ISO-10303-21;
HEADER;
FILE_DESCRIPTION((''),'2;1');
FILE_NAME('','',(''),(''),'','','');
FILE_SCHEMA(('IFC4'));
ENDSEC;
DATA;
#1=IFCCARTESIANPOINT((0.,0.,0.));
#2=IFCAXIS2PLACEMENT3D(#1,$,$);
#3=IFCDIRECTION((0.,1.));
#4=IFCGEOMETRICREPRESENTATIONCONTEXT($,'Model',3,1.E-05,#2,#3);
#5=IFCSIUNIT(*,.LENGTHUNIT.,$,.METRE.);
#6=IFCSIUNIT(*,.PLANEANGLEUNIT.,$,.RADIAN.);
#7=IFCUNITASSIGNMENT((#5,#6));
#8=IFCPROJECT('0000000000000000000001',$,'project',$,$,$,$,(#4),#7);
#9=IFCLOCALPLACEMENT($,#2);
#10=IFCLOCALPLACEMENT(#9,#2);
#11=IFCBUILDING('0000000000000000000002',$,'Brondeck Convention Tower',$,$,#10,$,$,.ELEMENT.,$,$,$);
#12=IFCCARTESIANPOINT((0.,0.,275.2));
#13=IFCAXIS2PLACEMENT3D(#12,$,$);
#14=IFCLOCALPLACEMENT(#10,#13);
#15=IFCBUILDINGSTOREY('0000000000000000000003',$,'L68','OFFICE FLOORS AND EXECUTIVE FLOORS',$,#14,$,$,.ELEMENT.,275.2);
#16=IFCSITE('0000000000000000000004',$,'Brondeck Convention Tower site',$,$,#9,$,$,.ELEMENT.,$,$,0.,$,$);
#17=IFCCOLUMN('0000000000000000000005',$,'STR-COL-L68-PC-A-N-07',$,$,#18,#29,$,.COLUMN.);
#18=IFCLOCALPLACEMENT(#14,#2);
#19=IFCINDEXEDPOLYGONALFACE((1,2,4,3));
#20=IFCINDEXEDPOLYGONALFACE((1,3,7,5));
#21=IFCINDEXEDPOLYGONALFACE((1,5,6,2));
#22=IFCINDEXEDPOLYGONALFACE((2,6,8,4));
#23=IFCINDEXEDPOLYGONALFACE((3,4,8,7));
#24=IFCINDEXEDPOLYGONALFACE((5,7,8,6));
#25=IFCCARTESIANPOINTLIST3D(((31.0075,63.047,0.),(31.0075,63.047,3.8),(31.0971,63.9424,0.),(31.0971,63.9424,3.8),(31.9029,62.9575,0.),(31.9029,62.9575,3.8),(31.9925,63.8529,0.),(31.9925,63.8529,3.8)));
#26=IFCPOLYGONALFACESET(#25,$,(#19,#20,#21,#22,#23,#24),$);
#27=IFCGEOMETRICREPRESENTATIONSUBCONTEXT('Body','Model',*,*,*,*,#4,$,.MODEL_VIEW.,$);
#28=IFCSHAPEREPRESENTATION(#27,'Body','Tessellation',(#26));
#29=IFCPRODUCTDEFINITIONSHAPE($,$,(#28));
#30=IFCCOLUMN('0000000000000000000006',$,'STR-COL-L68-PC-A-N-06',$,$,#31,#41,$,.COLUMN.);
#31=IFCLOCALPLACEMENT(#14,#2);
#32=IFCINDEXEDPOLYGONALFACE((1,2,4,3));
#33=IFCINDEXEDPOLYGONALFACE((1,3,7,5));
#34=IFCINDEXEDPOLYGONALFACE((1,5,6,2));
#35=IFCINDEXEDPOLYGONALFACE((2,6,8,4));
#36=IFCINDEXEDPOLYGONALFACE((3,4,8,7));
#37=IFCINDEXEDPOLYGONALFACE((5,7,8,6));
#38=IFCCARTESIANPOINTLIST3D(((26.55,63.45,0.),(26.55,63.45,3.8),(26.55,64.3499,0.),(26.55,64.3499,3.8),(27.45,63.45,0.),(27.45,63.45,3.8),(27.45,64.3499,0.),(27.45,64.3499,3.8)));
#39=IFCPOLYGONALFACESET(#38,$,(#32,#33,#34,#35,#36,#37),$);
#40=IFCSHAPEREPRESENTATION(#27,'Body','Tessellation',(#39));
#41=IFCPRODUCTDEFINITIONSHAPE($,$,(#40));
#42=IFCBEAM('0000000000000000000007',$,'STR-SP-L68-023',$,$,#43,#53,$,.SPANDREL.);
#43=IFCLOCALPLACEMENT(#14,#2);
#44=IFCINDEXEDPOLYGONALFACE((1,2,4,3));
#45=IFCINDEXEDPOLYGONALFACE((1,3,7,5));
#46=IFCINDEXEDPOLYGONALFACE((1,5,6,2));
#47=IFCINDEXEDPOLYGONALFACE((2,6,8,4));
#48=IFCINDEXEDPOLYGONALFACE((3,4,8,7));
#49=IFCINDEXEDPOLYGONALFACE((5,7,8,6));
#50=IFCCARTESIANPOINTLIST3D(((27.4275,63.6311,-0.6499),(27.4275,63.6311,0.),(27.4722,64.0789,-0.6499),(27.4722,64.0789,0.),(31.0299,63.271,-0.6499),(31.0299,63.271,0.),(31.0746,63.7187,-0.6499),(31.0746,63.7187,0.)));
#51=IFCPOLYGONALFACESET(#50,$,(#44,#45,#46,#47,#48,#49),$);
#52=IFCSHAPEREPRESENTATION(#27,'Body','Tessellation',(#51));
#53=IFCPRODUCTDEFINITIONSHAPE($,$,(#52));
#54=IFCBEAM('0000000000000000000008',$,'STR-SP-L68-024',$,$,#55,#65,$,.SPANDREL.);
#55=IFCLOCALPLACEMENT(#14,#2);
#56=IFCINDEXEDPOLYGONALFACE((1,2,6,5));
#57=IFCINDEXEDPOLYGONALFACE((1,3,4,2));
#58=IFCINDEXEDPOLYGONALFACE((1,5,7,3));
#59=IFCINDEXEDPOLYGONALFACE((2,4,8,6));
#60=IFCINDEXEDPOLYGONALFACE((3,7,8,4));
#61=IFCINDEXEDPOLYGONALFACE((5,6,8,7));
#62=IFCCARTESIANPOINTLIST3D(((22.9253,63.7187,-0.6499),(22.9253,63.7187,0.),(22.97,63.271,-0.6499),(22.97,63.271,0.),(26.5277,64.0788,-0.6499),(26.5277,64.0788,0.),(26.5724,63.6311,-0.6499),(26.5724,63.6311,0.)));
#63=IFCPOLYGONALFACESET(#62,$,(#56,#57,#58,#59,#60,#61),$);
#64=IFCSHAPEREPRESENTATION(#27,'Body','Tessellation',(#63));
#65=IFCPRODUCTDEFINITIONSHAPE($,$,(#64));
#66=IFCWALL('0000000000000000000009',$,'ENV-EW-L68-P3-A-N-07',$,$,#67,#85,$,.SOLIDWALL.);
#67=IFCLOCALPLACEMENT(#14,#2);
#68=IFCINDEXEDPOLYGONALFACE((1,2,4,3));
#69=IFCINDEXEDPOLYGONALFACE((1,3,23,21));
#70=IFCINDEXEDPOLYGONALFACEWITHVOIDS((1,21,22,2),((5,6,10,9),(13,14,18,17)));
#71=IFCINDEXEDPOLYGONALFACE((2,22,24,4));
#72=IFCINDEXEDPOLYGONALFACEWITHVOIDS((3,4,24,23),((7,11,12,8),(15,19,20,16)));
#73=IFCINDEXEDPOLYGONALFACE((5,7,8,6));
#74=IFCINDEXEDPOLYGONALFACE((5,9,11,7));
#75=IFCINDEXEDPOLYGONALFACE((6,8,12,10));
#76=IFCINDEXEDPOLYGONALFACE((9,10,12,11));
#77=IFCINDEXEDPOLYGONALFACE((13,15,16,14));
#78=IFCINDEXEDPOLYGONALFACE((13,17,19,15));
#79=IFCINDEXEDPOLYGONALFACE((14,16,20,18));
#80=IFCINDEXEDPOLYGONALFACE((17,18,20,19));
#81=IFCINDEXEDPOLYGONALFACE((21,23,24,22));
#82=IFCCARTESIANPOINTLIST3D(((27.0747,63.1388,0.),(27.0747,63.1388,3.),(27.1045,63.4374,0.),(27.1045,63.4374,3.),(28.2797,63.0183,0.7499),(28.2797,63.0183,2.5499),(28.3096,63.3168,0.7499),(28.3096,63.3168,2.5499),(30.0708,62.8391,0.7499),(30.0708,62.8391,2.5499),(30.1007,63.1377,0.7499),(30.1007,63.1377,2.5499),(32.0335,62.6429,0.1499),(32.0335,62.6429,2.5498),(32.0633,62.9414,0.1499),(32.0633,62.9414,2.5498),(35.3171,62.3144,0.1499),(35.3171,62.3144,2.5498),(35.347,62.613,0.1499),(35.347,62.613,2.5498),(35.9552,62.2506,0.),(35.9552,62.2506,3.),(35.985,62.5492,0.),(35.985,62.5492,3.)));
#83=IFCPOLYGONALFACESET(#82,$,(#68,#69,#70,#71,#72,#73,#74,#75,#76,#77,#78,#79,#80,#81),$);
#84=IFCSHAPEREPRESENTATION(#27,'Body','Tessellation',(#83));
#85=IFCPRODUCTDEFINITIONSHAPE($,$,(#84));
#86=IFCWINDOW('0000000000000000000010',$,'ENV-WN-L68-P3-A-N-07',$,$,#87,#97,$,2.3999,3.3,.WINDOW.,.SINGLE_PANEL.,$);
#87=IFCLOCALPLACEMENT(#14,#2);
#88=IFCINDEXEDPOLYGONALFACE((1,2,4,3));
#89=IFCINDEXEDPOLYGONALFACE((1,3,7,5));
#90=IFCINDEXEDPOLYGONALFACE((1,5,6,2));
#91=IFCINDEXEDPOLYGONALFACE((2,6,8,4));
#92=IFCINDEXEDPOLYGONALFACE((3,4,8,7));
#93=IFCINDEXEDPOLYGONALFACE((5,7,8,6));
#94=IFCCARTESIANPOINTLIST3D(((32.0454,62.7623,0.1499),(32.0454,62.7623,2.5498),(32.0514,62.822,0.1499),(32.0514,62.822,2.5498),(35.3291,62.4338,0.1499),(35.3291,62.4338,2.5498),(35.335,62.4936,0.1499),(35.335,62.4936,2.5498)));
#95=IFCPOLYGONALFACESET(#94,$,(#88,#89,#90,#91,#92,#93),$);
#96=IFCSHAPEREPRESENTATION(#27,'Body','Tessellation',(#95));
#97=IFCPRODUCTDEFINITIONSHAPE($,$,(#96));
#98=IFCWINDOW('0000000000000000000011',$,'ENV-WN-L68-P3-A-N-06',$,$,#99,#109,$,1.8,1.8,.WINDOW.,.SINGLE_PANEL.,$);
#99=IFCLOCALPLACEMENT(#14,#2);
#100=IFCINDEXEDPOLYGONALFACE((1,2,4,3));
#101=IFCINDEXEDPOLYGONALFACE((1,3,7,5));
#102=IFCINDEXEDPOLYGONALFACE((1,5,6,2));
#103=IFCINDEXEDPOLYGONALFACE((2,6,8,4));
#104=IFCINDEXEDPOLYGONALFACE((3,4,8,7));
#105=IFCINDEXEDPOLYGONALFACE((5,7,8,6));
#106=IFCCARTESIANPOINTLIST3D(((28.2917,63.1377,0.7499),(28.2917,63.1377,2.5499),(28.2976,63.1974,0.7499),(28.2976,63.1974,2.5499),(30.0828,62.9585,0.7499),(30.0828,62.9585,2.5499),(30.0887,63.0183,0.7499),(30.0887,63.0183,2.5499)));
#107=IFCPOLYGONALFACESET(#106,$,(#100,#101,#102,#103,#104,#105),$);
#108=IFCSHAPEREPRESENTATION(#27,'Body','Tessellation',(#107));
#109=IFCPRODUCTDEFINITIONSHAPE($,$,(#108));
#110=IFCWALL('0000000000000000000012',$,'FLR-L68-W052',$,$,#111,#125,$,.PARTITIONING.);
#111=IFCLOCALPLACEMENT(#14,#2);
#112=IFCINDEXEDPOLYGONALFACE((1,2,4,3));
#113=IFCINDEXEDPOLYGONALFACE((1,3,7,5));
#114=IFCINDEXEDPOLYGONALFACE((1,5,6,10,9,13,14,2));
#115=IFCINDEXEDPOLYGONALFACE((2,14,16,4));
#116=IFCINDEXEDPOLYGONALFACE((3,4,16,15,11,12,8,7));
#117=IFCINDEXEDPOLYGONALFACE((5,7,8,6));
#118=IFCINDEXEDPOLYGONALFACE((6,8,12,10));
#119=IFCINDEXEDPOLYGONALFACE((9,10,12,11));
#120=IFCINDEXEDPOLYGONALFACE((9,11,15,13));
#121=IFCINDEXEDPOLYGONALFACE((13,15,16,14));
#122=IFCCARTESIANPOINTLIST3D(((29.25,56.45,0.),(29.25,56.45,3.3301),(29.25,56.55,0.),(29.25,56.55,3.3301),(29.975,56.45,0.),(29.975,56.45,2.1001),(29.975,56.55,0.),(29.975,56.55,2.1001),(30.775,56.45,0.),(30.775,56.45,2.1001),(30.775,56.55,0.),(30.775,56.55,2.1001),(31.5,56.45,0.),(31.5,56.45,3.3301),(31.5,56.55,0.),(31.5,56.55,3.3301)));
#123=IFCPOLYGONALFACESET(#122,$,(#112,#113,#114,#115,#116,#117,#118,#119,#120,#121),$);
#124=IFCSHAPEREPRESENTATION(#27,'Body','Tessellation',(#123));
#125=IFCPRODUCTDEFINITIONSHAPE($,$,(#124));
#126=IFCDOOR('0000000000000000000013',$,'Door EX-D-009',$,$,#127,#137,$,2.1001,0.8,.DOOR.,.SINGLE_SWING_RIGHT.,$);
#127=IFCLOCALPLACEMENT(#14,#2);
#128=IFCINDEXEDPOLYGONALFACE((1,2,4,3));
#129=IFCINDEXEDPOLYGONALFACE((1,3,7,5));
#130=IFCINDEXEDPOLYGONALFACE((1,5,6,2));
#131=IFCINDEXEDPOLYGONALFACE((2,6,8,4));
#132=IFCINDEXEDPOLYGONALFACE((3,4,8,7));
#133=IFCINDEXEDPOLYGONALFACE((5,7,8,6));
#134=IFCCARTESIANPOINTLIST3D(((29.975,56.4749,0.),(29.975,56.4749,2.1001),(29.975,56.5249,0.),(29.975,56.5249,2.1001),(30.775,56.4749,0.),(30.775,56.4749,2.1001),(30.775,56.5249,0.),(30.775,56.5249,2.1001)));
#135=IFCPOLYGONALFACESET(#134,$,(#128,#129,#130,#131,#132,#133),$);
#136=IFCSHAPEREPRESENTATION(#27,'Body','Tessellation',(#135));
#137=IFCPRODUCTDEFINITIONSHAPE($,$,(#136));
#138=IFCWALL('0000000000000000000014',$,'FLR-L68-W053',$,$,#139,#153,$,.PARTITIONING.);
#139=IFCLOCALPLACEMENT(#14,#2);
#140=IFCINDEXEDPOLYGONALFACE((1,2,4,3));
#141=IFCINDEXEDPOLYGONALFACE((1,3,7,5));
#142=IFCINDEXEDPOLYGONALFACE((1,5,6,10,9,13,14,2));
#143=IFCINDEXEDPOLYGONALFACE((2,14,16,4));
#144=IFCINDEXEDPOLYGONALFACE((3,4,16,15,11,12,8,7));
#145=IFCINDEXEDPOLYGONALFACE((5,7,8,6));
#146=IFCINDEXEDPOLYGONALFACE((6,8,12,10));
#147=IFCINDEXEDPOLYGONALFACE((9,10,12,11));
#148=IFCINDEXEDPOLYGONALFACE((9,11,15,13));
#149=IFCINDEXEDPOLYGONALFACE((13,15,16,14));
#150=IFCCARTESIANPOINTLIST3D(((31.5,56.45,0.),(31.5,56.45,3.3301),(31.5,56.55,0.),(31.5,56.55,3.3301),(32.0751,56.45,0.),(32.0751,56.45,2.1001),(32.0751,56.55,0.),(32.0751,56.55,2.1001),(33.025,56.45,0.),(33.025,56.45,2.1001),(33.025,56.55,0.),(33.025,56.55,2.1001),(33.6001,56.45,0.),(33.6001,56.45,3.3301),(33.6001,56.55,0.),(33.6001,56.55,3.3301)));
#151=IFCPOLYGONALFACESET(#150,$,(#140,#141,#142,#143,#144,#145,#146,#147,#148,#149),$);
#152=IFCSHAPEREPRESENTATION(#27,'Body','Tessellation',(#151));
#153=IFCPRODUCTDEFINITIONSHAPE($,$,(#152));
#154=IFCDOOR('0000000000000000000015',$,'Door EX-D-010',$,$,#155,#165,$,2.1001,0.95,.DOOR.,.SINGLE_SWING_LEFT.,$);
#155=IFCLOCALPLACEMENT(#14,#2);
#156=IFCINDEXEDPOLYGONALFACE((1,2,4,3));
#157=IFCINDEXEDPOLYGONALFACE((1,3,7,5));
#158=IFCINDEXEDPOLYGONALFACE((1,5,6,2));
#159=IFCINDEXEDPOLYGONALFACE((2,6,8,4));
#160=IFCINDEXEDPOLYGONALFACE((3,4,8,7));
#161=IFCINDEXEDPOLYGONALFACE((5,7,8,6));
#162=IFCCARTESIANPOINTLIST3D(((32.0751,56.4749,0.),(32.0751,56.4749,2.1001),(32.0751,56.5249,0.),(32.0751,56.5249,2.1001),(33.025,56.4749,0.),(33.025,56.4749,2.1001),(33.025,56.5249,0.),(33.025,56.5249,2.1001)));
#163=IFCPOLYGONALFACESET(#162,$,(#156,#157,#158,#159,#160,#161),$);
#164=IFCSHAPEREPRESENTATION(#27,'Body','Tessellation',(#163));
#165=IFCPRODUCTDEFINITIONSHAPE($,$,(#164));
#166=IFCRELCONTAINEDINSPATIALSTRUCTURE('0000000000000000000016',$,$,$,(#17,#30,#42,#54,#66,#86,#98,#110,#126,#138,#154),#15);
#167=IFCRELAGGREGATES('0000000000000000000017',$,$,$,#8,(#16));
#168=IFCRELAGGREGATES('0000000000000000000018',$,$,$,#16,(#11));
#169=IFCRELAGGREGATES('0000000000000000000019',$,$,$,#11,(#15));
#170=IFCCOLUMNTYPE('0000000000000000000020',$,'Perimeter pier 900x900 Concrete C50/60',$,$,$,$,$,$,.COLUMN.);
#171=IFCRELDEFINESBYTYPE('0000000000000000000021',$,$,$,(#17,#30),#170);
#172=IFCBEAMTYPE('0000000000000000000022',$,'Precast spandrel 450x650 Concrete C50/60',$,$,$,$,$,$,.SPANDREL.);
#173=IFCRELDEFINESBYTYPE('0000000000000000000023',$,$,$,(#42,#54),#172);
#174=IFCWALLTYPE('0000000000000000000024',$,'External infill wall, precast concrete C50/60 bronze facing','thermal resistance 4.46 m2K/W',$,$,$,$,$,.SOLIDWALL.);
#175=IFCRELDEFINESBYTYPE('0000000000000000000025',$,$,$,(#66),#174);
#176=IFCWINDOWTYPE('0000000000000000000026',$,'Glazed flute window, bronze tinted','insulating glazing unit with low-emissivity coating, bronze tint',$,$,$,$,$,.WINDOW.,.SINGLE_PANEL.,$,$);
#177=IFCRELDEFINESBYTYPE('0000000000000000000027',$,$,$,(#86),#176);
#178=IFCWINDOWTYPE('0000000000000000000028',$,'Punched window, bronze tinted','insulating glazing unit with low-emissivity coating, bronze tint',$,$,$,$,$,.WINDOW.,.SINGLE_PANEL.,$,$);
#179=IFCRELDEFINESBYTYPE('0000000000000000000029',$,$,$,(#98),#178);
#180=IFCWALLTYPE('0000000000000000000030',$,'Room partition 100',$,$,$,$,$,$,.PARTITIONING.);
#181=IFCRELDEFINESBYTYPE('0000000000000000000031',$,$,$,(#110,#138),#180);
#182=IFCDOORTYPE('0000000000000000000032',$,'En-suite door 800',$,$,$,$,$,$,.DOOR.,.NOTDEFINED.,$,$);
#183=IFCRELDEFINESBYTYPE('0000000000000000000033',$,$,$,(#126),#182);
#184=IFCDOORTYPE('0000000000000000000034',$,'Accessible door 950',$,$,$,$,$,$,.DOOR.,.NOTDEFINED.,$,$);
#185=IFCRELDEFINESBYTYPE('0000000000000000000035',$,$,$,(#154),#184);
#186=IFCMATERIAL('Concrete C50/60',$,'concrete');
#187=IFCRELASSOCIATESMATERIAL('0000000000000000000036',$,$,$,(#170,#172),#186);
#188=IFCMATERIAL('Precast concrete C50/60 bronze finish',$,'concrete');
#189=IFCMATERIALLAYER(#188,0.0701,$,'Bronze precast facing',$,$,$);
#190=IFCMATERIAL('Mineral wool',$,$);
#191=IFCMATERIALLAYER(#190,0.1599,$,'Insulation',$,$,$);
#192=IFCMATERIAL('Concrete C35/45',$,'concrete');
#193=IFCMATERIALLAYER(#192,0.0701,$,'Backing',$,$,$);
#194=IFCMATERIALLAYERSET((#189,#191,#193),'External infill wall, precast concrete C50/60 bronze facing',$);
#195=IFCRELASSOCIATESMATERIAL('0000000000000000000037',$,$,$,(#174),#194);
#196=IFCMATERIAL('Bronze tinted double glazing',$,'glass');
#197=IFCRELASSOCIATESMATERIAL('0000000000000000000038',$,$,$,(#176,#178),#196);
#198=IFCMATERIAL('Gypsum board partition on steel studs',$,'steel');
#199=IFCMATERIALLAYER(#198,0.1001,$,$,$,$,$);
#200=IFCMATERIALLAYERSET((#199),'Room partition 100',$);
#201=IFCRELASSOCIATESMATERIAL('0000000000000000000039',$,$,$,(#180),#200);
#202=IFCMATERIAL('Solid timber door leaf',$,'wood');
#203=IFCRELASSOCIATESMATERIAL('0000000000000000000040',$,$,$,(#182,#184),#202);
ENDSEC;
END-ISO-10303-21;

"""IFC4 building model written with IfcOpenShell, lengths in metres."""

from ifc_helpers import new_model, si_unit, direction, frame, frame_2d, origin, origin_2d, place, context, subcontext, project, spatial, rectangle, extrude, material, layer, layer_set, material_profile, profile_set, type_object, element, fill, save


model = new_model("IFC4")

# Units and contexts
model_context = context("Model", 3, precision=1e-05, world=origin(), true_north=direction((0.0, 1.0)))
body_context = subcontext(model_context, "Body", "Model", "MODEL_VIEW")
ifc_project = project(units=[si_unit("LENGTHUNIT", "METRE"), si_unit("PLANEANGLEUNIT", "RADIAN")], contexts=[model_context])

# Site, building, storey
site_placement = place(None, origin())
site = spatial("IfcSite", under=ifc_project, at=site_placement, Name="Brondeck Convention Tower site", CompositionType="ELEMENT", RefElevation=0.0)
building_placement = place(site_placement, origin())
building = spatial("IfcBuilding", under=site, at=building_placement, Name="Brondeck Convention Tower", CompositionType="ELEMENT")
storey_placement = place(building_placement, frame((0.0, 0.0, 275.2)))
storey = spatial("IfcBuildingStorey", under=building, at=storey_placement, Name="L68", Description="OFFICE FLOORS AND EXECUTIVE FLOORS", CompositionType="ELEMENT", Elevation=275.2)

# Columns
ifc_material_1 = material(Name="Concrete C50/60", Category="concrete")
ifc_material_profile_1 = material_profile(ifc_material_1, rectangle(XDim=0.8999, YDim=0.8999, at=origin_2d()), Name="Perimeter pier 900x900 Concrete C50/60")
ifc_profile_set_1 = profile_set([ifc_material_profile_1], Name="Concrete C50/60")
column_type = type_object("IfcColumnType", Name="Perimeter pier 900x900 Concrete C50/60", PredefinedType="COLUMN", material=ifc_profile_set_1)
for number, where, z_axis, x_axis, name in (
    (1, (31.5, 63.45, 0.0), (0.0, 0.0, 1.0), (-0.995037, 0.099504, 0.0), "STR-COL-L68-PC-A-N-07"),
    (2, (27.0, 63.8999, 0.0), (0.0, 0.0, 1.0), (-1.0, 0.0, 0.0), "STR-COL-L68-PC-A-N-06"),
):
    element("IfcColumn", number, at=place(storey_placement, frame(where, z_axis=z_axis, x_axis=x_axis)), inside=storey, type_object=column_type, Name=name, PredefinedType="COLUMN", context=body_context, shape_type="SweptSolid", body=[
        extrude(rectangle(XDim=0.8999, YDim=0.8999, at=origin_2d()), origin(), (0.0, 0.0, 1.0), 3.8),
    ])

# Beams
ifc_material_profile_2 = material_profile(ifc_material_1, rectangle(XDim=0.45, YDim=0.6499, at=origin_2d()), Name="Precast spandrel 450x650 Concrete C50/60")
ifc_profile_set_2 = profile_set([ifc_material_profile_2], Name="Concrete C50/60")
beam_type = type_object("IfcBeamType", Name="Precast spandrel 450x650 Concrete C50/60", PredefinedType="SPANDREL", material=ifc_profile_set_2)
for number, where, z_axis, x_axis, name in (
    (3, (31.0522, 63.4949, -0.325), (-0.995041, 0.09947, 0.0), (-0.09947, -0.995041, 0.0), "STR-SP-L68-023"),
    (4, (26.55, 63.855, -0.325), (-0.995041, -0.09947, 0.0), (0.09947, -0.995041, 0.0), "STR-SP-L68-024"),
):
    element("IfcBeam", number, at=place(storey_placement, frame(where, z_axis=z_axis, x_axis=x_axis)), inside=storey, type_object=beam_type, Name=name, PredefinedType="SPANDREL", context=body_context, shape_type="SweptSolid", body=[
        extrude(rectangle(XDim=0.45, YDim=0.6499, at=origin_2d()), origin(), (0.0, 0.0, 1.0), 3.6204),
    ])

# Wall, openings, windows
ifc_material_2 = material(Name="Precast concrete C50/60 bronze finish", Category="concrete")
ifc_layer_1 = layer(ifc_material_2, 0.0701, Name="Bronze precast facing")
ifc_material_3 = material(Name="Mineral wool")
ifc_layer_2 = layer(ifc_material_3, 0.1599, Name="Insulation")
ifc_material_4 = material(Name="Concrete C35/45", Category="concrete")
ifc_layer_3 = layer(ifc_material_4, 0.0701, Name="Backing")
ifc_layer_set_1 = layer_set([ifc_layer_1, ifc_layer_2, ifc_layer_3], Name="External infill wall, precast concrete C50/60 bronze facing")
wall_type_1 = type_object("IfcWallType", Name="External infill wall, precast concrete C50/60 bronze facing", Description="thermal resistance 4.46 m2K/W", PredefinedType="SOLIDWALL", material=ifc_layer_set_1)
wall_1_placement = place(storey_placement, frame((27.0896, 63.2881, 0.0), z_axis=(0.0, 0.0, 1.0), x_axis=(0.995036, -0.099517, 0.0)))
wall_1 = element("IfcWall", 5, at=wall_1_placement, inside=storey, type_object=wall_type_1, Name="ENV-EW-L68-P3-A-N-07", PredefinedType="SOLIDWALL", context=body_context, shape_type="SweptSolid", body=[
    extrude(rectangle(XDim=8.9248, YDim=0.3, at=frame_2d((4.4624, 0.0))), origin(), (0.0, 0.0, 1.0), 3.0),
])
opening_1_placement = place(wall_1_placement, frame((1.2112, 0.0, 0.75)))
opening_1 = element("IfcOpeningElement", 6, at=opening_1_placement, cuts=wall_1, PredefinedType="OPENING", context=body_context, shape_type="SweptSolid", body=[
    extrude(rectangle(XDim=1.8, YDim=1.8, at=frame_2d((0.8999, 0.8999))), frame((0.0, 0.1599, 0.0), z_axis=(0.0, -1.0, 0.0), x_axis=(1.0, 0.0, 0.0)), (0.0, 0.0, 1.0), 0.3201),
])
opening_2_placement = place(wall_1_placement, frame((4.9836, 0.0, 0.1499)))
opening_2 = element("IfcOpeningElement", 7, at=opening_2_placement, cuts=wall_1, PredefinedType="OPENING", context=body_context, shape_type="SweptSolid", body=[
    extrude(rectangle(XDim=3.3, YDim=2.3999, at=frame_2d((1.6499, 1.2))), frame((0.0, 0.1599, 0.0), z_axis=(0.0, -1.0, 0.0), x_axis=(1.0, 0.0, 0.0)), (0.0, 0.0, 1.0), 0.3201),
])
ifc_material_5 = material(Name="Bronze tinted double glazing", Category="glass")
window_type_1 = type_object("IfcWindowType", Name="Glazed flute window, bronze tinted", Description="insulating glazing unit with low-emissivity coating, bronze tint", PartitioningType="SINGLE_PANEL", PredefinedType="WINDOW", material=ifc_material_5)
window_1_placement = place(opening_2_placement, origin())
window_1 = element("IfcWindow", 8, at=window_1_placement, inside=storey, type_object=window_type_1, Name="ENV-WN-L68-P3-A-N-07", OverallHeight=2.3999, OverallWidth=3.3, PartitioningType="SINGLE_PANEL", PredefinedType="WINDOW", context=body_context, shape_type="SweptSolid", body=[
    extrude(rectangle(XDim=3.3, YDim=2.3999, at=frame_2d((1.6499, 1.2))), frame((0.0, 0.03, 0.0), z_axis=(0.0, -1.0, 0.0), x_axis=(1.0, 0.0, 0.0)), (0.0, 0.0, 1.0), 0.0601),
])
fill(opening_2, window_1)
window_type_2 = type_object("IfcWindowType", Name="Punched window, bronze tinted", Description="insulating glazing unit with low-emissivity coating, bronze tint", PartitioningType="SINGLE_PANEL", PredefinedType="WINDOW", material=ifc_material_5)
window_2_placement = place(opening_1_placement, origin())
window_2 = element("IfcWindow", 9, at=window_2_placement, inside=storey, type_object=window_type_2, Name="ENV-WN-L68-P3-A-N-06", OverallHeight=1.8, OverallWidth=1.8, PartitioningType="SINGLE_PANEL", PredefinedType="WINDOW", context=body_context, shape_type="SweptSolid", body=[
    extrude(rectangle(XDim=1.8, YDim=1.8, at=frame_2d((0.8999, 0.8999))), frame((0.0, 0.03, 0.0), z_axis=(0.0, -1.0, 0.0), x_axis=(1.0, 0.0, 0.0)), (0.0, 0.0, 1.0), 0.0601),
])
fill(opening_1, window_2)

# Walls, openings, doors
ifc_material_6 = material(Name="Gypsum board partition on steel studs", Category="steel")
ifc_layer_4 = layer(ifc_material_6, 0.1001)
ifc_layer_set_2 = layer_set([ifc_layer_4], Name="Room partition 100")
wall_type_2 = type_object("IfcWallType", Name="Room partition 100", PredefinedType="PARTITIONING", material=ifc_layer_set_2)
wall_2_placement = place(storey_placement, frame((29.25, 56.5, 0.0), z_axis=(0.0, 0.0, 1.0), x_axis=(1.0, 0.0, 0.0)))
wall_2 = element("IfcWall", 10, at=wall_2_placement, inside=storey, type_object=wall_type_2, Name="FLR-L68-W052", PredefinedType="PARTITIONING", context=body_context, shape_type="SweptSolid", body=[
    extrude(rectangle(XDim=2.25, YDim=0.1001, at=frame_2d((1.125, 0.0))), origin(), (0.0, 0.0, 1.0), 3.3301),
])
opening_3_placement = place(wall_2_placement, frame((0.7251, 0.0, 0.0)))
opening_3 = element("IfcOpeningElement", 11, at=opening_3_placement, cuts=wall_2, PredefinedType="OPENING", context=body_context, shape_type="SweptSolid", body=[
    extrude(rectangle(XDim=0.8, YDim=2.1001, at=frame_2d((0.3999, 1.05))), frame((0.0, 0.0601, 0.0), z_axis=(0.0, -1.0, 0.0), x_axis=(1.0, 0.0, 0.0)), (0.0, 0.0, 1.0), 0.1201),
])
ifc_material_7 = material(Name="Solid timber door leaf", Category="wood")
door_type_1 = type_object("IfcDoorType", Name="En-suite door 800", OperationType="NOTDEFINED", PredefinedType="DOOR", material=ifc_material_7)
door_1_placement = place(opening_3_placement, origin())
door_1 = element("IfcDoor", 12, at=door_1_placement, inside=storey, type_object=door_type_1, Name="Door EX-D-009", OperationType="SINGLE_SWING_RIGHT", OverallHeight=2.1001, OverallWidth=0.8, PredefinedType="DOOR", context=body_context, shape_type="SweptSolid", body=[
    extrude(rectangle(XDim=0.8, YDim=2.1001, at=frame_2d((0.3999, 1.05))), frame((0.0, 0.0249, 0.0), z_axis=(0.0, -1.0, 0.0), x_axis=(1.0, 0.0, 0.0)), (0.0, 0.0, 1.0), 0.05),
])
fill(opening_3, door_1)
wall_3_placement = place(storey_placement, frame((31.5, 56.5, 0.0), z_axis=(0.0, 0.0, 1.0), x_axis=(1.0, 0.0, 0.0)))
wall_3 = element("IfcWall", 13, at=wall_3_placement, inside=storey, type_object=wall_type_2, Name="FLR-L68-W053", PredefinedType="PARTITIONING", context=body_context, shape_type="SweptSolid", body=[
    extrude(rectangle(XDim=2.1001, YDim=0.1001, at=frame_2d((1.05, 0.0))), origin(), (0.0, 0.0, 1.0), 3.3301),
])
opening_4_placement = place(wall_3_placement, frame((0.575, 0.0, 0.0)))
opening_4 = element("IfcOpeningElement", 14, at=opening_4_placement, cuts=wall_3, PredefinedType="OPENING", context=body_context, shape_type="SweptSolid", body=[
    extrude(rectangle(XDim=0.95, YDim=2.1001, at=frame_2d((0.4751, 1.05))), frame((0.0, 0.0601, 0.0), z_axis=(0.0, -1.0, 0.0), x_axis=(1.0, 0.0, 0.0)), (0.0, 0.0, 1.0), 0.1201),
])
door_type_2 = type_object("IfcDoorType", Name="Accessible door 950", OperationType="NOTDEFINED", PredefinedType="DOOR", material=ifc_material_7)
door_2_placement = place(opening_4_placement, origin())
door_2 = element("IfcDoor", 15, at=door_2_placement, inside=storey, type_object=door_type_2, Name="Door EX-D-010", OperationType="SINGLE_SWING_LEFT", OverallHeight=2.1001, OverallWidth=0.95, PredefinedType="DOOR", context=body_context, shape_type="SweptSolid", body=[
    extrude(rectangle(XDim=0.95, YDim=2.1001, at=frame_2d((0.4751, 1.05))), frame((0.0, 0.0249, 0.0), z_axis=(0.0, -1.0, 0.0), x_axis=(1.0, 0.0, 0.0)), (0.0, 0.0, 1.0), 0.05),
])
fill(opening_4, door_2)

save(model, "model.ifc")
